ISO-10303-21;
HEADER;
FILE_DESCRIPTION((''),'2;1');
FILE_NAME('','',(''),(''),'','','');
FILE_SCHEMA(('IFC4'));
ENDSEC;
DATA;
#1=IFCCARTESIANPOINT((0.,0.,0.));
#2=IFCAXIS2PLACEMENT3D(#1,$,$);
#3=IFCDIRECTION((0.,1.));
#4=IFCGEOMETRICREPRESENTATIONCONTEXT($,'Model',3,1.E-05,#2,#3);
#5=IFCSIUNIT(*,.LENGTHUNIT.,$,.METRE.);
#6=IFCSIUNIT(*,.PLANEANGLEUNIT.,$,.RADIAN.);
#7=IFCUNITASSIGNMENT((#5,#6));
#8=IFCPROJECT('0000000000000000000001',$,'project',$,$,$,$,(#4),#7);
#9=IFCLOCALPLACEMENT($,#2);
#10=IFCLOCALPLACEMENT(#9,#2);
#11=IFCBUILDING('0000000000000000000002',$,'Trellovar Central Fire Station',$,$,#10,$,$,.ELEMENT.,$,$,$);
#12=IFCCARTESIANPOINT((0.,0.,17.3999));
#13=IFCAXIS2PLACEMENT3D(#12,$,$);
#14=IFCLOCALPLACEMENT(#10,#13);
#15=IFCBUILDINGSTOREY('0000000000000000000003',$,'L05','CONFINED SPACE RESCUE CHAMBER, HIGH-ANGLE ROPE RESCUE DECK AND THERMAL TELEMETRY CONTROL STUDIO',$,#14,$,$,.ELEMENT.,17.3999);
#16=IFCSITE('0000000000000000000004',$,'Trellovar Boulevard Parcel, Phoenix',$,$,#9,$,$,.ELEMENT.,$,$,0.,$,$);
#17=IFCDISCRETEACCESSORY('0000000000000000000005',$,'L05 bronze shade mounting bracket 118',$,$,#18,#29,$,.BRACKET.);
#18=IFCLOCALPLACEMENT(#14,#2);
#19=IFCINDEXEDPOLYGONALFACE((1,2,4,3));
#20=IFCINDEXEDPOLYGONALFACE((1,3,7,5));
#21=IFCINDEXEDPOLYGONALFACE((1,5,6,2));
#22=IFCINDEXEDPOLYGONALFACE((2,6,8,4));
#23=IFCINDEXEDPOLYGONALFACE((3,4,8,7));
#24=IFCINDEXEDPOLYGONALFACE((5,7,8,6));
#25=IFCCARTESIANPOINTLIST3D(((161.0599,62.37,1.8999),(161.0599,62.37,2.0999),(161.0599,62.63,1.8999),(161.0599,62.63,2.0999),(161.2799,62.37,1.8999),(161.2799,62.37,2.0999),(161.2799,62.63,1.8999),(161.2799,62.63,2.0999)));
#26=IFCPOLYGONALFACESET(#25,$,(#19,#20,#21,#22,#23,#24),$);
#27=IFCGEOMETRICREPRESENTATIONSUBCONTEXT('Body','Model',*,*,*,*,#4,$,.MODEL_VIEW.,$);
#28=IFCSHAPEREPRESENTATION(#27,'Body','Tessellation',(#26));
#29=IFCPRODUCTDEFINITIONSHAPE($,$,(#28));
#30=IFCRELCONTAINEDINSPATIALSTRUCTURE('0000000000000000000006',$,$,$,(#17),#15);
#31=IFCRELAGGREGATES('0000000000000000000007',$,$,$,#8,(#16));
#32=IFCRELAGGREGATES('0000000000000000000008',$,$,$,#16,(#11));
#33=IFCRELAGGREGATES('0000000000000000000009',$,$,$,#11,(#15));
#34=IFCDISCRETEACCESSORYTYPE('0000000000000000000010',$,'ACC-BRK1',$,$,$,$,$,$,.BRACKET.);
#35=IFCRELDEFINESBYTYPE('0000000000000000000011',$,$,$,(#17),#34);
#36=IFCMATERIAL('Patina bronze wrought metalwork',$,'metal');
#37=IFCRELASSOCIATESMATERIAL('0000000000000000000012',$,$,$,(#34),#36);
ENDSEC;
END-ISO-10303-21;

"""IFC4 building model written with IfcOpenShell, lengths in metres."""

from ifc_helpers import new_model, si_unit, direction, frame, origin, origin_2d, place, context, subcontext, project, spatial, rectangle, extrude, material, type_object, element, save


model = new_model("IFC4")

# Units and contexts
model_context = context("Model", 3, precision=1e-05, world=origin(), true_north=direction((0.0, 1.0)))
body_context = subcontext(model_context, "Body", "Model", "MODEL_VIEW")
ifc_project = project(units=[si_unit("LENGTHUNIT", "METRE"), si_unit("PLANEANGLEUNIT", "RADIAN")], contexts=[model_context])

# Site, building, storey
site_placement = place(None, origin())
site = spatial("IfcSite", under=ifc_project, at=site_placement, Name="Trellovar Boulevard Parcel, Phoenix", CompositionType="ELEMENT", RefElevation=0.0)
building_placement = place(site_placement, origin())
building = spatial("IfcBuilding", under=site, at=building_placement, Name="Trellovar Central Fire Station", CompositionType="ELEMENT")
storey_placement = place(building_placement, frame((0.0, 0.0, 17.3999)))
storey = spatial("IfcBuildingStorey", under=building, at=storey_placement, Name="L05", Description="CONFINED SPACE RESCUE CHAMBER, HIGH-ANGLE ROPE RESCUE DECK AND THERMAL TELEMETRY CONTROL STUDIO", CompositionType="ELEMENT", Elevation=17.3999)

# Discrete accessory
ifc_material_1 = material(Name="Patina bronze wrought metalwork", Category="metal")
discrete_accessory_type = type_object("IfcDiscreteAccessoryType", Name="ACC-BRK1", PredefinedType="BRACKET", material=ifc_material_1)
discrete_accessory_placement = place(storey_placement, frame((161.1699, 62.5, 1.8999), z_axis=(0.0, 0.0, 1.0), x_axis=(0.0, 1.0, 0.0)))
element("IfcDiscreteAccessory", 1, at=discrete_accessory_placement, inside=storey, type_object=discrete_accessory_type, Name="L05 bronze shade mounting bracket 118", PredefinedType="BRACKET", context=body_context, shape_type="SweptSolid", body=[
    extrude(rectangle(XDim=0.26, YDim=0.22, at=origin_2d()), origin(), (0.0, 0.0, 1.0), 0.2),
])

save(model, "model.ifc")
